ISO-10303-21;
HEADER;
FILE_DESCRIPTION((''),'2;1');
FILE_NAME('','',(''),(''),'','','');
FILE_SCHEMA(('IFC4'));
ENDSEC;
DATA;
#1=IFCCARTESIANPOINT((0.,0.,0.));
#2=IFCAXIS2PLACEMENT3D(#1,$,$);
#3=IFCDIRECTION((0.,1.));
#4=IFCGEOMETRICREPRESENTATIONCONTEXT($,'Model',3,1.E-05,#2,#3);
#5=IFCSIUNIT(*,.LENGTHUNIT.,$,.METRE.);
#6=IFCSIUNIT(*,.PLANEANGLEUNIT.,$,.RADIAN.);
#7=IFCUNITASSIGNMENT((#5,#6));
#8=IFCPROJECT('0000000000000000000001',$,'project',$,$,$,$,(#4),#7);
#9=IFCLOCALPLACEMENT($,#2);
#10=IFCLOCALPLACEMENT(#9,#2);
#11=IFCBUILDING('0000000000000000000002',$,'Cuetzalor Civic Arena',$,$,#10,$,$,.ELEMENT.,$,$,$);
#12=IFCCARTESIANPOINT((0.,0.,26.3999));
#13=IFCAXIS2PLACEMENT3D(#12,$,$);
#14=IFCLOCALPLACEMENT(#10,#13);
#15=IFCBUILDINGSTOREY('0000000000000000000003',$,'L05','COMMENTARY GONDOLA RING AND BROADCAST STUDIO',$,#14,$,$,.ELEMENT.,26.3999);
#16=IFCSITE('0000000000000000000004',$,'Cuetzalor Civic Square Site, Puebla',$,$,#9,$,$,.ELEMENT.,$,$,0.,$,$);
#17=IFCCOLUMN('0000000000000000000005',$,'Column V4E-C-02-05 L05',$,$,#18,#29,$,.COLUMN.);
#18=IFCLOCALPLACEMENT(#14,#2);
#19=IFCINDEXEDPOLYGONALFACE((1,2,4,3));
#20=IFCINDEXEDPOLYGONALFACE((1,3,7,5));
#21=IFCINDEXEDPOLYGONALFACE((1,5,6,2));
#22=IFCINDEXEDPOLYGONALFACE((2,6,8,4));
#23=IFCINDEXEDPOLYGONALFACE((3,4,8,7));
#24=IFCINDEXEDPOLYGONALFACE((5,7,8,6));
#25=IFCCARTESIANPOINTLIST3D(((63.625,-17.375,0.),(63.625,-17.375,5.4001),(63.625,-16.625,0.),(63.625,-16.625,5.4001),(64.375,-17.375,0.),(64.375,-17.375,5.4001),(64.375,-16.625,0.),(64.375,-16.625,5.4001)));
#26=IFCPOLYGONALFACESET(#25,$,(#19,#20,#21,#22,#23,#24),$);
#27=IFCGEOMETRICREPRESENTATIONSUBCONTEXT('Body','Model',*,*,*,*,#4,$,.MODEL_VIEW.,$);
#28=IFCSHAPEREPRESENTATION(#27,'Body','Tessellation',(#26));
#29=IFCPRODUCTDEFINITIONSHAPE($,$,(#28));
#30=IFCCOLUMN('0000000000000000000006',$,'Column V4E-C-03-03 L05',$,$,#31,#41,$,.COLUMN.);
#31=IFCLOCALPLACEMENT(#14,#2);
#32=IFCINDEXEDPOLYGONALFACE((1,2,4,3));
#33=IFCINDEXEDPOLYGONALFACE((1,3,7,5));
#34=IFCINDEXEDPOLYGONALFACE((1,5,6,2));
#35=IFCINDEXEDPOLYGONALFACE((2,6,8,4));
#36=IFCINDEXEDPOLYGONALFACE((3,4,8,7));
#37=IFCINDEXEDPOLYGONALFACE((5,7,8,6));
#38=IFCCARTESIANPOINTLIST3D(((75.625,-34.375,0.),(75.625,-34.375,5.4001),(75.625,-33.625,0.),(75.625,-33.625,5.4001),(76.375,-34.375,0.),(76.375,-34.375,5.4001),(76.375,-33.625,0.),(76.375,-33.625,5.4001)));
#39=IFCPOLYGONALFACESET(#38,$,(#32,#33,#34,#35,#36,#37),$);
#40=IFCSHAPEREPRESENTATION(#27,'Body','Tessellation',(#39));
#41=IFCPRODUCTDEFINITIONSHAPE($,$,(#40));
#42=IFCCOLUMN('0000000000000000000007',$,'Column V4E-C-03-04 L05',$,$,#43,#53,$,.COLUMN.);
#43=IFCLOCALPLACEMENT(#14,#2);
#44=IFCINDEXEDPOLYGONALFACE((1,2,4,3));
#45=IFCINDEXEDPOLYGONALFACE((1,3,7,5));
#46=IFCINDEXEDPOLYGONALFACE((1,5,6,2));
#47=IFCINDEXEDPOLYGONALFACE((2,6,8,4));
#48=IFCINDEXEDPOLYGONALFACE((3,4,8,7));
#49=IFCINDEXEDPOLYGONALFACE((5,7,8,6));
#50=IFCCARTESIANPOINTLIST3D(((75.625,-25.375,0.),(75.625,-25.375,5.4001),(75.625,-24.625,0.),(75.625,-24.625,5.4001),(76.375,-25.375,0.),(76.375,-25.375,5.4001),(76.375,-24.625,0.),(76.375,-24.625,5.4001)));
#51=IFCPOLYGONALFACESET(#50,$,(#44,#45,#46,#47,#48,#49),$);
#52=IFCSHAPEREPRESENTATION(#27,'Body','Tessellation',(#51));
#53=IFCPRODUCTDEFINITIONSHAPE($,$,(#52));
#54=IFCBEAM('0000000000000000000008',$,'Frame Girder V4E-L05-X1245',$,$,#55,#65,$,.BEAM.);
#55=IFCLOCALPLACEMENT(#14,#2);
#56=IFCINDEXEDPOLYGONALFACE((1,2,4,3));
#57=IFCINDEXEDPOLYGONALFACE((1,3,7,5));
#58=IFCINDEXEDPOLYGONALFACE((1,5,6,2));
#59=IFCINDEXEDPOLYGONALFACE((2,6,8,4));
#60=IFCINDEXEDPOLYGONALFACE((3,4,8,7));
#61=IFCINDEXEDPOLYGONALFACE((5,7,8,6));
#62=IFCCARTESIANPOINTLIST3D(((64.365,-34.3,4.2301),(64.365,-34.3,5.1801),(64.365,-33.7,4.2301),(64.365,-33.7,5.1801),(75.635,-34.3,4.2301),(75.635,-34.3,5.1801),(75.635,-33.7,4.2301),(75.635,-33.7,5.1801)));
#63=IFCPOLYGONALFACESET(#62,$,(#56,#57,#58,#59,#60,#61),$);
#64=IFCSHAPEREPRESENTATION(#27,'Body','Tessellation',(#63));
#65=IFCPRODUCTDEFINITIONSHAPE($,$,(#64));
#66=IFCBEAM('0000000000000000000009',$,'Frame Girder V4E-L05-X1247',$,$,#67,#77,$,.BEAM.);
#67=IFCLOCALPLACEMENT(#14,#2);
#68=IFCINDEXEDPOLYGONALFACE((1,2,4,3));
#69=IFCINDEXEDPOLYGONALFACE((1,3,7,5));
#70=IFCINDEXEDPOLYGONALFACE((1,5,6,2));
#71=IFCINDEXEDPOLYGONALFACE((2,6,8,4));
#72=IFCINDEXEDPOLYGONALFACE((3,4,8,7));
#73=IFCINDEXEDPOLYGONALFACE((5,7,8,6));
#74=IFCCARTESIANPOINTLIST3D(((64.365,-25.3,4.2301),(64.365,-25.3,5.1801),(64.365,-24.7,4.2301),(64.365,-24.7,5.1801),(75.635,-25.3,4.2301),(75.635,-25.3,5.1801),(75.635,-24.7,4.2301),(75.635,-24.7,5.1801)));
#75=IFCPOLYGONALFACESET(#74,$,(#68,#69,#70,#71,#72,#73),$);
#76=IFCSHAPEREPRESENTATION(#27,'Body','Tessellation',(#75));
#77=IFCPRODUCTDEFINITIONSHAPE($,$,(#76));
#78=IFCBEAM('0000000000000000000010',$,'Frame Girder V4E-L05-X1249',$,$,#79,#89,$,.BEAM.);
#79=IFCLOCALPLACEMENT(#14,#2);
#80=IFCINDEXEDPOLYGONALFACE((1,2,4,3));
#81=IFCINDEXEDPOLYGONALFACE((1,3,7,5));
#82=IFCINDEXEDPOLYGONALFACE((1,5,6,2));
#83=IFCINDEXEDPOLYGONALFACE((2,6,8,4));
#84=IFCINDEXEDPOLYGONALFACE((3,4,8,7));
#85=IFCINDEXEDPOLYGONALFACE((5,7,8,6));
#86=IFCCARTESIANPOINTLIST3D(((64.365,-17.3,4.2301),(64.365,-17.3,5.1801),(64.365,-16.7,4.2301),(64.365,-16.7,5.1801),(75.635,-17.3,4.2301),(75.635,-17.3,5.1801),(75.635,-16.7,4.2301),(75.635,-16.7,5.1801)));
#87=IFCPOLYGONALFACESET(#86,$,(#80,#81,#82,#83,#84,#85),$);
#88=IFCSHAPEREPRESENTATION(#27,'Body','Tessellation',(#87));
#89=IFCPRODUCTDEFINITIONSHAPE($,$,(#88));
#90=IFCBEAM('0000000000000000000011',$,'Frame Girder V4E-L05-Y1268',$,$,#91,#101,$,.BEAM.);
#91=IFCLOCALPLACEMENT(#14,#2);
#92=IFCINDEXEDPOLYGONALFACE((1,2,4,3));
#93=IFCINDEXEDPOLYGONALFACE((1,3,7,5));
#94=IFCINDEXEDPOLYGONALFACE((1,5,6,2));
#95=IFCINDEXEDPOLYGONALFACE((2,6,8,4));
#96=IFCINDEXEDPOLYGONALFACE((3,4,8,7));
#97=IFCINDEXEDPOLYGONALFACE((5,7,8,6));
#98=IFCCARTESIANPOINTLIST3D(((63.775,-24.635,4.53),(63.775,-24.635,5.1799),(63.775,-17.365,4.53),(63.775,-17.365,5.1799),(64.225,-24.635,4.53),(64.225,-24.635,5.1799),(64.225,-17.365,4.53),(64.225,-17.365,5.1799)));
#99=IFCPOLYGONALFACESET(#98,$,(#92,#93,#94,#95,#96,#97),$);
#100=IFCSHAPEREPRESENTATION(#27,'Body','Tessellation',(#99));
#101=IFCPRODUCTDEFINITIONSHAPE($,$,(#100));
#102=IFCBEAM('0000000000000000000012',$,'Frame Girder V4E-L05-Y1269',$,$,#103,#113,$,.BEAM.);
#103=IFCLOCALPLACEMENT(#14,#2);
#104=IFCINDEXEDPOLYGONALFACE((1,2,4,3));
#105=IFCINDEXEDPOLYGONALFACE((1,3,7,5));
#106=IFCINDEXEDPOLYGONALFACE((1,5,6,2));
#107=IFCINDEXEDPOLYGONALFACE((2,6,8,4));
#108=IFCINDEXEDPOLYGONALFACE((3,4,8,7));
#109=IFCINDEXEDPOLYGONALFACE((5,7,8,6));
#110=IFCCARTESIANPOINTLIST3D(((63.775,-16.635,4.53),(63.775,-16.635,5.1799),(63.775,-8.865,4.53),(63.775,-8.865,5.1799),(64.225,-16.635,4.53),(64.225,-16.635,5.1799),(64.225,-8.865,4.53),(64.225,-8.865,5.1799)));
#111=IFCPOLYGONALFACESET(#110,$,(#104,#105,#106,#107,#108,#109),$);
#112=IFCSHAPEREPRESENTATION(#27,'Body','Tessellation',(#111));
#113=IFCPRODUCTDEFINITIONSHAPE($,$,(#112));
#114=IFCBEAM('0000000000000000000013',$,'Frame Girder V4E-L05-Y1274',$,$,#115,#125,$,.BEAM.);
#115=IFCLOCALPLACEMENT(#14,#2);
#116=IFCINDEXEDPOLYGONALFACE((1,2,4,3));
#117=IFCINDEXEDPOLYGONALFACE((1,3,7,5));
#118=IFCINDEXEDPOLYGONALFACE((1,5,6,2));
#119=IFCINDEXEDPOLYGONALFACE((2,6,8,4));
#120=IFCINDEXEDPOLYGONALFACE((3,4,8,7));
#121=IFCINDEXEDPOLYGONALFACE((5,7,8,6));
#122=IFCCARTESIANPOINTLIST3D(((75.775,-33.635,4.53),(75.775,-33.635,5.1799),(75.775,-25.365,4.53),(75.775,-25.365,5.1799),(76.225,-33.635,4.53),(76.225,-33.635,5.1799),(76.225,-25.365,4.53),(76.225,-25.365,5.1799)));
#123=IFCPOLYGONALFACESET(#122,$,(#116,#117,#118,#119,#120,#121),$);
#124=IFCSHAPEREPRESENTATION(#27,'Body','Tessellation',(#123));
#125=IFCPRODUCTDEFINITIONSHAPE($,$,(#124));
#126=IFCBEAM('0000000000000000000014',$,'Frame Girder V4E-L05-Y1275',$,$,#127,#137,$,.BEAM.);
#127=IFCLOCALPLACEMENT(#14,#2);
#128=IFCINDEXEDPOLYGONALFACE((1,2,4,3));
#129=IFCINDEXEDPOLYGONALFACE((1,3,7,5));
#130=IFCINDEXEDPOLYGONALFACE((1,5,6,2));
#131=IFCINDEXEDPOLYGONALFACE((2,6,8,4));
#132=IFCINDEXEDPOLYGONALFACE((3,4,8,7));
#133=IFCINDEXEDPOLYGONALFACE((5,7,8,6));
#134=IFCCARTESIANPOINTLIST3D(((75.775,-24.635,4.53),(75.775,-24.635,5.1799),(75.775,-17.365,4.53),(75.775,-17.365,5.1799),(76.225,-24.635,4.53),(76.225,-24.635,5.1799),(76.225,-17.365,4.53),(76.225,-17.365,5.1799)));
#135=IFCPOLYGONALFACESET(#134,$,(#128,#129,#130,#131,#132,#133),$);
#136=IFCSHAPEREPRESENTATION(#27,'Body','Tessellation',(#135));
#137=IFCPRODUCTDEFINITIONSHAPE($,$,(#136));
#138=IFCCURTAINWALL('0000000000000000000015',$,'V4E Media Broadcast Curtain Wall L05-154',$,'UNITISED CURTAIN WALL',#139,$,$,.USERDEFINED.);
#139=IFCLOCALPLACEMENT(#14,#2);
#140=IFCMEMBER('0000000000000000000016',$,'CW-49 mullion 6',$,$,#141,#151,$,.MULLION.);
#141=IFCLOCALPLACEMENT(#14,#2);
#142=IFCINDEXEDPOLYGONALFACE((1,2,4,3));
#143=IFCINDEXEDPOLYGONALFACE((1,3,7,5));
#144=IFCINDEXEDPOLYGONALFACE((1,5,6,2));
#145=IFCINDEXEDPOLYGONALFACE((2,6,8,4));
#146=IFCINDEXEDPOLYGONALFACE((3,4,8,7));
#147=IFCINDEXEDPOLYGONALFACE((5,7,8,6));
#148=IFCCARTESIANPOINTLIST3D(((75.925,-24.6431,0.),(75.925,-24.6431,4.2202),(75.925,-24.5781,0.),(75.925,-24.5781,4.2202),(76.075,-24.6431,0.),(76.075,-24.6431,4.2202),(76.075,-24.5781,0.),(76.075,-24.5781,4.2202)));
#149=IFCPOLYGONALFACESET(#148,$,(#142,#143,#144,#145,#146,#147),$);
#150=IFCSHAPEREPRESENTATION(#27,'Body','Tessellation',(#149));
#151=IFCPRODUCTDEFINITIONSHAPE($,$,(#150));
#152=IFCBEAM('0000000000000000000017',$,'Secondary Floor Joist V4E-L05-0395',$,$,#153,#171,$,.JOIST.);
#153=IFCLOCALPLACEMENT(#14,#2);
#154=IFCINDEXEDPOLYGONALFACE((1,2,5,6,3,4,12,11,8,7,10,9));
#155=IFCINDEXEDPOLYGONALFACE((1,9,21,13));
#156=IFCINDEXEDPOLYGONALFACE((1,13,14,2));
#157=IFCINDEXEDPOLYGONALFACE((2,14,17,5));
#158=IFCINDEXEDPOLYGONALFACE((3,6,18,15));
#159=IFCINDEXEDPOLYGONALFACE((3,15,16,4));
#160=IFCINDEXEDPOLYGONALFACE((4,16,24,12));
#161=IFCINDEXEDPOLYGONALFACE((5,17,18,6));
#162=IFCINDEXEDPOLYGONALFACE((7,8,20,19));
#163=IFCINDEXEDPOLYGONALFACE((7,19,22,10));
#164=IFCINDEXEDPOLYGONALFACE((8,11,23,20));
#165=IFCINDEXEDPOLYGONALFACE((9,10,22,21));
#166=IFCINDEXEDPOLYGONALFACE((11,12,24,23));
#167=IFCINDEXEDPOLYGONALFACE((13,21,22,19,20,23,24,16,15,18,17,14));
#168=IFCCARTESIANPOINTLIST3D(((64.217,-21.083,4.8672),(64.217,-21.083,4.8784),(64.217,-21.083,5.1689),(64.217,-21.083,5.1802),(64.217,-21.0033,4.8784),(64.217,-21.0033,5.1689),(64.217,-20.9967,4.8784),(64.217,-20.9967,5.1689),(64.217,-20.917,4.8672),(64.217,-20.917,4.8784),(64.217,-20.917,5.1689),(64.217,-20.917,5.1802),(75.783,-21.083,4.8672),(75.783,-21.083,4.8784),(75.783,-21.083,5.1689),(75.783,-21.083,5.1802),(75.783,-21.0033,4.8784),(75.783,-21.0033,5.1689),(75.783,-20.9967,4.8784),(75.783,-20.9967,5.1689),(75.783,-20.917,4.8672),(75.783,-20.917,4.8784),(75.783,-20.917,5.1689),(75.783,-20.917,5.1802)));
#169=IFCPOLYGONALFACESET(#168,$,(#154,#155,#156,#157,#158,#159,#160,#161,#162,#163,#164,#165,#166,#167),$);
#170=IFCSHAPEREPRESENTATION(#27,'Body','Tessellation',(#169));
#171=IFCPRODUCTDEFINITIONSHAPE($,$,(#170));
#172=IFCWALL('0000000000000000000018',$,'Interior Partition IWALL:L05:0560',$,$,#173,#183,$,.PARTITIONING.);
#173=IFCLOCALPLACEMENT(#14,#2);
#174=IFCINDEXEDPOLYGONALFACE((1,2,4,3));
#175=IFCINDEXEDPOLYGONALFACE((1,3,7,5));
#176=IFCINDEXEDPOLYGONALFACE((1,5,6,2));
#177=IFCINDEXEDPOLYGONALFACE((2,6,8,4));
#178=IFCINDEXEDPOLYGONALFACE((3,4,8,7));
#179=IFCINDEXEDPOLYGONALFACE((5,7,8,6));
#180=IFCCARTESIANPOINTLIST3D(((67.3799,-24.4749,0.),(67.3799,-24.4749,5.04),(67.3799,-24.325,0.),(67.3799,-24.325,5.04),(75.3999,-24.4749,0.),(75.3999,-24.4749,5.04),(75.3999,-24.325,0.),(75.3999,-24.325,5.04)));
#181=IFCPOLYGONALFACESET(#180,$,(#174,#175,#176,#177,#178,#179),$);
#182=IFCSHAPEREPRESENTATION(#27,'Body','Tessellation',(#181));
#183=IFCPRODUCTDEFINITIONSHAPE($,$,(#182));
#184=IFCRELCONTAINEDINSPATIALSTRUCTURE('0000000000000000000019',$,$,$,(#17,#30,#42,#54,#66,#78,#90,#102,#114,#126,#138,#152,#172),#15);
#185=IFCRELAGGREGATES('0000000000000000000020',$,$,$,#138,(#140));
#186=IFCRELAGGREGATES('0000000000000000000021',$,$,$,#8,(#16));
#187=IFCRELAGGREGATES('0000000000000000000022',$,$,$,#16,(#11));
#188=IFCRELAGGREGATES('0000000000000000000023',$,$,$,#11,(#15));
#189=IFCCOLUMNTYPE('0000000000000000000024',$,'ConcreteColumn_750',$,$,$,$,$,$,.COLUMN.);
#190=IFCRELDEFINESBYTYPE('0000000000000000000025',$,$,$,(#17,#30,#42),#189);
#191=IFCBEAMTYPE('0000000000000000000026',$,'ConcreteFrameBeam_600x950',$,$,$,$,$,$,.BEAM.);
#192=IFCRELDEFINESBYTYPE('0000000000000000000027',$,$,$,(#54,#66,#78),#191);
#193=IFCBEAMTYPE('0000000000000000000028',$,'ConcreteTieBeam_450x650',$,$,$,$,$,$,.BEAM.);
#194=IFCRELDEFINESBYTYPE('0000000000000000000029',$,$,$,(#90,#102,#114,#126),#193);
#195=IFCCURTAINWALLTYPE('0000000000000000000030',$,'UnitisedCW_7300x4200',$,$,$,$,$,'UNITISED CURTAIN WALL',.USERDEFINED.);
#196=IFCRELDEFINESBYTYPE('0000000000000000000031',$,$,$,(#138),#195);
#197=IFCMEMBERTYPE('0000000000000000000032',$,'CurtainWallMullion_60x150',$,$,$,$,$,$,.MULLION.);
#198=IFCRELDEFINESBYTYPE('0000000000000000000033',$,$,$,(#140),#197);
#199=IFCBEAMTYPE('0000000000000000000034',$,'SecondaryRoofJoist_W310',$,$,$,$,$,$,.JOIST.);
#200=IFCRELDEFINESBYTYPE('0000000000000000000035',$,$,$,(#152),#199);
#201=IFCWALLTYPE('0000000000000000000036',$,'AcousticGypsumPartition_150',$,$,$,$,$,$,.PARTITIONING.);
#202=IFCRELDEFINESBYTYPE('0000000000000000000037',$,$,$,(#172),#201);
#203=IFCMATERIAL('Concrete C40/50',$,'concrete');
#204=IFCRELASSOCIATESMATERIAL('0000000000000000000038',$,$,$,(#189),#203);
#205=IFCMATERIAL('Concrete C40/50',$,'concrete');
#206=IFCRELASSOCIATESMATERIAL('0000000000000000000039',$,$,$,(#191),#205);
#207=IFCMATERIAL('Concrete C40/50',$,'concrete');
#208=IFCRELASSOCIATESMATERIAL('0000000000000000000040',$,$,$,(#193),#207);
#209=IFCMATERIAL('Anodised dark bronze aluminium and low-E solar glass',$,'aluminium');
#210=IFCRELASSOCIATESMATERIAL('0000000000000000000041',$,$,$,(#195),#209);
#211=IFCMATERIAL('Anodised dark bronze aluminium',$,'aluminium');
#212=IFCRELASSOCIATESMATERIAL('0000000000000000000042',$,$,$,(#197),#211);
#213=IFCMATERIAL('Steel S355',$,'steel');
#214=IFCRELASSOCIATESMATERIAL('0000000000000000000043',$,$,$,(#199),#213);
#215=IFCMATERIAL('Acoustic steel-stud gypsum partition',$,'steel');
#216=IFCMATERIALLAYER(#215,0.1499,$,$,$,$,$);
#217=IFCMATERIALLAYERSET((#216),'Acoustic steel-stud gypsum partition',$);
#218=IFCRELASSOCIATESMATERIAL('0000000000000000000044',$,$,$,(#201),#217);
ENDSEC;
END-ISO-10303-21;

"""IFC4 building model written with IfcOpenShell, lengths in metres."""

from ifc_helpers import new_model, si_unit, direction, frame, frame_2d, origin, origin_2d, place, context, subcontext, project, spatial, rectangle, i_section, extrude, material, layer, layer_set, material_profile, profile_set, type_object, element, aggregate, save


model = new_model("IFC4")

# Units and contexts
model_context = context("Model", 3, precision=1e-05, world=origin(), true_north=direction((0.0, 1.0)))
body_context = subcontext(model_context, "Body", "Model", "MODEL_VIEW")
ifc_project = project(units=[si_unit("LENGTHUNIT", "METRE"), si_unit("PLANEANGLEUNIT", "RADIAN")], contexts=[model_context])

# Site, building, storey
site_placement = place(None, origin())
site = spatial("IfcSite", under=ifc_project, at=site_placement, Name="Cuetzalor Civic Square Site, Puebla", CompositionType="ELEMENT", RefElevation=0.0)
building_placement = place(site_placement, origin())
building = spatial("IfcBuilding", under=site, at=building_placement, Name="Cuetzalor Civic Arena", CompositionType="ELEMENT")
storey_placement = place(building_placement, frame((0.0, 0.0, 26.3999)))
storey = spatial("IfcBuildingStorey", under=building, at=storey_placement, Name="L05", Description="COMMENTARY GONDOLA RING AND BROADCAST STUDIO", CompositionType="ELEMENT", Elevation=26.3999)

# Columns
ifc_material_1 = material(Name="Concrete C40/50", Category="concrete")
ifc_material_profile_1 = material_profile(ifc_material_1, rectangle(XDim=0.75, YDim=0.75, at=origin_2d()), Name="RC 750x750")
ifc_profile_set_1 = profile_set([ifc_material_profile_1], Name="Concrete C40/50")
column_type = type_object("IfcColumnType", Name="ConcreteColumn_750", PredefinedType="COLUMN", material=ifc_profile_set_1)
for number, where, z_axis, x_axis, name in (
    (1, (64.0, -17.0, 0.0), (0.0, 0.0, 1.0), (1.0, 0.0, 0.0), "Column V4E-C-02-05 L05"),
    (2, (76.0, -34.0, 0.0), (0.0, 0.0, 1.0), (1.0, 0.0, 0.0), "Column V4E-C-03-03 L05"),
    (3, (76.0, -25.0, 0.0), (0.0, 0.0, 1.0), (1.0, 0.0, 0.0), "Column V4E-C-03-04 L05"),
):
    element("IfcColumn", number, at=place(storey_placement, frame(where, z_axis=z_axis, x_axis=x_axis)), inside=storey, type_object=column_type, Name=name, PredefinedType="COLUMN", context=body_context, shape_type="SweptSolid", body=[
        extrude(rectangle(XDim=0.75, YDim=0.75, at=origin_2d()), origin(), (0.0, 0.0, 1.0), 5.4001),
    ])

# Beams
ifc_material_2 = material(Name="Concrete C40/50", Category="concrete")
ifc_material_profile_2 = material_profile(ifc_material_2, rectangle(XDim=0.6001, YDim=0.95, at=origin_2d()), Name="RC 600x950")
ifc_profile_set_2 = profile_set([ifc_material_profile_2], Name="Concrete C40/50")
beam_type_1 = type_object("IfcBeamType", Name="ConcreteFrameBeam_600x950", PredefinedType="BEAM", material=ifc_profile_set_2)
for number, where, z_axis, x_axis, name in (
    (4, (64.365, -34.0, 4.7051), (1.0, 0.0, 0.0), (0.0, 1.0, 0.0), "Frame Girder V4E-L05-X1245"),
    (5, (64.365, -25.0, 4.7051), (1.0, 0.0, 0.0), (0.0, 1.0, 0.0), "Frame Girder V4E-L05-X1247"),
    (6, (64.365, -17.0, 4.7051), (1.0, 0.0, 0.0), (0.0, 1.0, 0.0), "Frame Girder V4E-L05-X1249"),
):
    element("IfcBeam", number, at=place(storey_placement, frame(where, z_axis=z_axis, x_axis=x_axis)), inside=storey, type_object=beam_type_1, Name=name, PredefinedType="BEAM", context=body_context, shape_type="SweptSolid", body=[
        extrude(rectangle(XDim=0.6001, YDim=0.95, at=origin_2d()), origin(), (0.0, 0.0, 1.0), 11.27),
    ])
ifc_material_3 = material(Name="Concrete C40/50", Category="concrete")
ifc_material_profile_3 = material_profile(ifc_material_3, rectangle(XDim=0.45, YDim=0.6499, at=origin_2d()), Name="RC 450x650")
ifc_profile_set_3 = profile_set([ifc_material_profile_3], Name="Concrete C40/50")
beam_type_2 = type_object("IfcBeamType", Name="ConcreteTieBeam_450x650", PredefinedType="BEAM", material=ifc_profile_set_3)
beam_1_placement = place(storey_placement, frame((64.0, -24.635, 4.855), z_axis=(0.0, 1.0, 0.0), x_axis=(-1.0, 0.0, 0.0)))
element("IfcBeam", 7, at=beam_1_placement, inside=storey, type_object=beam_type_2, Name="Frame Girder V4E-L05-Y1268", PredefinedType="BEAM", context=body_context, shape_type="SweptSolid", body=[
    extrude(rectangle(XDim=0.45, YDim=0.6499, at=origin_2d()), origin(), (0.0, 0.0, 1.0), 7.27),
])
beam_2_placement = place(storey_placement, frame((64.0, -16.635, 4.855), z_axis=(0.0, 1.0, 0.0), x_axis=(-1.0, 0.0, 0.0)))
element("IfcBeam", 8, at=beam_2_placement, inside=storey, type_object=beam_type_2, Name="Frame Girder V4E-L05-Y1269", PredefinedType="BEAM", context=body_context, shape_type="SweptSolid", body=[
    extrude(rectangle(XDim=0.45, YDim=0.6499, at=origin_2d()), origin(), (0.0, 0.0, 1.0), 7.77),
])
beam_3_placement = place(storey_placement, frame((76.0, -33.635, 4.855), z_axis=(0.0, 1.0, 0.0), x_axis=(-1.0, 0.0, 0.0)))
element("IfcBeam", 9, at=beam_3_placement, inside=storey, type_object=beam_type_2, Name="Frame Girder V4E-L05-Y1274", PredefinedType="BEAM", context=body_context, shape_type="SweptSolid", body=[
    extrude(rectangle(XDim=0.45, YDim=0.6499, at=origin_2d()), origin(), (0.0, 0.0, 1.0), 8.27),
])
beam_4_placement = place(storey_placement, frame((76.0, -24.635, 4.855), z_axis=(0.0, 1.0, 0.0), x_axis=(-1.0, 0.0, 0.0)))
element("IfcBeam", 10, at=beam_4_placement, inside=storey, type_object=beam_type_2, Name="Frame Girder V4E-L05-Y1275", PredefinedType="BEAM", context=body_context, shape_type="SweptSolid", body=[
    extrude(rectangle(XDim=0.45, YDim=0.6499, at=origin_2d()), origin(), (0.0, 0.0, 1.0), 7.27),
])

# Curtain wall, member
ifc_material_4 = material(Name="Anodised dark bronze aluminium and low-E solar glass", Category="aluminium")
curtain_wall_type = type_object("IfcCurtainWallType", Name="UnitisedCW_7300x4200", ElementType="UNITISED CURTAIN WALL", PredefinedType="USERDEFINED", material=ifc_material_4)
curtain_wall_placement = place(storey_placement, origin())
curtain_wall = element("IfcCurtainWall", 11, at=curtain_wall_placement, inside=storey, type_object=curtain_wall_type, Name="V4E Media Broadcast Curtain Wall L05-154", ObjectType="UNITISED CURTAIN WALL", PredefinedType="USERDEFINED")
ifc_material_5 = material(Name="Anodised dark bronze aluminium", Category="aluminium")
ifc_material_profile_4 = material_profile(ifc_material_5, rectangle(XDim=0.0649, YDim=0.1499, at=origin_2d()), Name="ALU MULLION 65x150")
ifc_profile_set_4 = profile_set([ifc_material_profile_4], Name="Anodised dark bronze aluminium")
member_type = type_object("IfcMemberType", Name="CurtainWallMullion_60x150", PredefinedType="MULLION", material=ifc_profile_set_4)
member_placement = place(storey_placement, frame((76.0, -24.6106, 0.0), z_axis=(0.0, 0.0, 1.0), x_axis=(0.0, -1.0, 0.0)))
member = element("IfcMember", 12, at=member_placement, type_object=member_type, Name="CW-49 mullion 6", PredefinedType="MULLION", context=body_context, shape_type="SweptSolid", body=[
    extrude(rectangle(XDim=0.0649, YDim=0.1499, at=origin_2d()), origin(), (0.0, 0.0, 1.0), 4.2202),
])
aggregate(curtain_wall, [member])

# Beam
ifc_material_6 = material(Name="Steel S355", Category="steel")
ifc_material_profile_5 = material_profile(ifc_material_6, i_section(OverallWidth=0.166, OverallDepth=0.313, WebThickness=0.0066, FlangeThickness=0.0112, at=origin_2d()), Name="W310x45")
ifc_profile_set_5 = profile_set([ifc_material_profile_5], Name="Steel S355")
beam_type_3 = type_object("IfcBeamType", Name="SecondaryRoofJoist_W310", PredefinedType="JOIST", material=ifc_profile_set_5)
beam_5_placement = place(storey_placement, frame((64.217, -21.0, 5.0237), z_axis=(1.0, 0.0, 0.0), x_axis=(0.0, 1.0, 0.0)))
element("IfcBeam", 13, at=beam_5_placement, inside=storey, type_object=beam_type_3, Name="Secondary Floor Joist V4E-L05-0395", PredefinedType="JOIST", context=body_context, shape_type="SweptSolid", body=[
    extrude(i_section(OverallWidth=0.166, OverallDepth=0.313, WebThickness=0.0066, FlangeThickness=0.0112, at=origin_2d()), origin(), (0.0, 0.0, 1.0), 11.5659),
])

# Wall
ifc_material_7 = material(Name="Acoustic steel-stud gypsum partition", Category="steel")
ifc_layer_1 = layer(ifc_material_7, 0.1499)
ifc_layer_set_1 = layer_set([ifc_layer_1], Name="Acoustic steel-stud gypsum partition")
wall_type_1 = type_object("IfcWallType", Name="AcousticGypsumPartition_150", PredefinedType="PARTITIONING", material=ifc_layer_set_1)
wall_1_placement = place(storey_placement, frame((75.3999, -24.3999, 0.0), z_axis=(0.0, 0.0, 1.0), x_axis=(-1.0, 0.0, 0.0)))
element("IfcWall", 14, at=wall_1_placement, inside=storey, type_object=wall_type_1, Name="Interior Partition IWALL:L05:0560", PredefinedType="PARTITIONING", context=body_context, shape_type="SweptSolid", body=[
    extrude(rectangle(XDim=8.02, YDim=0.1499, at=frame_2d((4.01, 0.0))), origin(), (0.0, 0.0, 1.0), 5.04),
])

save(model, "model.ifc")
